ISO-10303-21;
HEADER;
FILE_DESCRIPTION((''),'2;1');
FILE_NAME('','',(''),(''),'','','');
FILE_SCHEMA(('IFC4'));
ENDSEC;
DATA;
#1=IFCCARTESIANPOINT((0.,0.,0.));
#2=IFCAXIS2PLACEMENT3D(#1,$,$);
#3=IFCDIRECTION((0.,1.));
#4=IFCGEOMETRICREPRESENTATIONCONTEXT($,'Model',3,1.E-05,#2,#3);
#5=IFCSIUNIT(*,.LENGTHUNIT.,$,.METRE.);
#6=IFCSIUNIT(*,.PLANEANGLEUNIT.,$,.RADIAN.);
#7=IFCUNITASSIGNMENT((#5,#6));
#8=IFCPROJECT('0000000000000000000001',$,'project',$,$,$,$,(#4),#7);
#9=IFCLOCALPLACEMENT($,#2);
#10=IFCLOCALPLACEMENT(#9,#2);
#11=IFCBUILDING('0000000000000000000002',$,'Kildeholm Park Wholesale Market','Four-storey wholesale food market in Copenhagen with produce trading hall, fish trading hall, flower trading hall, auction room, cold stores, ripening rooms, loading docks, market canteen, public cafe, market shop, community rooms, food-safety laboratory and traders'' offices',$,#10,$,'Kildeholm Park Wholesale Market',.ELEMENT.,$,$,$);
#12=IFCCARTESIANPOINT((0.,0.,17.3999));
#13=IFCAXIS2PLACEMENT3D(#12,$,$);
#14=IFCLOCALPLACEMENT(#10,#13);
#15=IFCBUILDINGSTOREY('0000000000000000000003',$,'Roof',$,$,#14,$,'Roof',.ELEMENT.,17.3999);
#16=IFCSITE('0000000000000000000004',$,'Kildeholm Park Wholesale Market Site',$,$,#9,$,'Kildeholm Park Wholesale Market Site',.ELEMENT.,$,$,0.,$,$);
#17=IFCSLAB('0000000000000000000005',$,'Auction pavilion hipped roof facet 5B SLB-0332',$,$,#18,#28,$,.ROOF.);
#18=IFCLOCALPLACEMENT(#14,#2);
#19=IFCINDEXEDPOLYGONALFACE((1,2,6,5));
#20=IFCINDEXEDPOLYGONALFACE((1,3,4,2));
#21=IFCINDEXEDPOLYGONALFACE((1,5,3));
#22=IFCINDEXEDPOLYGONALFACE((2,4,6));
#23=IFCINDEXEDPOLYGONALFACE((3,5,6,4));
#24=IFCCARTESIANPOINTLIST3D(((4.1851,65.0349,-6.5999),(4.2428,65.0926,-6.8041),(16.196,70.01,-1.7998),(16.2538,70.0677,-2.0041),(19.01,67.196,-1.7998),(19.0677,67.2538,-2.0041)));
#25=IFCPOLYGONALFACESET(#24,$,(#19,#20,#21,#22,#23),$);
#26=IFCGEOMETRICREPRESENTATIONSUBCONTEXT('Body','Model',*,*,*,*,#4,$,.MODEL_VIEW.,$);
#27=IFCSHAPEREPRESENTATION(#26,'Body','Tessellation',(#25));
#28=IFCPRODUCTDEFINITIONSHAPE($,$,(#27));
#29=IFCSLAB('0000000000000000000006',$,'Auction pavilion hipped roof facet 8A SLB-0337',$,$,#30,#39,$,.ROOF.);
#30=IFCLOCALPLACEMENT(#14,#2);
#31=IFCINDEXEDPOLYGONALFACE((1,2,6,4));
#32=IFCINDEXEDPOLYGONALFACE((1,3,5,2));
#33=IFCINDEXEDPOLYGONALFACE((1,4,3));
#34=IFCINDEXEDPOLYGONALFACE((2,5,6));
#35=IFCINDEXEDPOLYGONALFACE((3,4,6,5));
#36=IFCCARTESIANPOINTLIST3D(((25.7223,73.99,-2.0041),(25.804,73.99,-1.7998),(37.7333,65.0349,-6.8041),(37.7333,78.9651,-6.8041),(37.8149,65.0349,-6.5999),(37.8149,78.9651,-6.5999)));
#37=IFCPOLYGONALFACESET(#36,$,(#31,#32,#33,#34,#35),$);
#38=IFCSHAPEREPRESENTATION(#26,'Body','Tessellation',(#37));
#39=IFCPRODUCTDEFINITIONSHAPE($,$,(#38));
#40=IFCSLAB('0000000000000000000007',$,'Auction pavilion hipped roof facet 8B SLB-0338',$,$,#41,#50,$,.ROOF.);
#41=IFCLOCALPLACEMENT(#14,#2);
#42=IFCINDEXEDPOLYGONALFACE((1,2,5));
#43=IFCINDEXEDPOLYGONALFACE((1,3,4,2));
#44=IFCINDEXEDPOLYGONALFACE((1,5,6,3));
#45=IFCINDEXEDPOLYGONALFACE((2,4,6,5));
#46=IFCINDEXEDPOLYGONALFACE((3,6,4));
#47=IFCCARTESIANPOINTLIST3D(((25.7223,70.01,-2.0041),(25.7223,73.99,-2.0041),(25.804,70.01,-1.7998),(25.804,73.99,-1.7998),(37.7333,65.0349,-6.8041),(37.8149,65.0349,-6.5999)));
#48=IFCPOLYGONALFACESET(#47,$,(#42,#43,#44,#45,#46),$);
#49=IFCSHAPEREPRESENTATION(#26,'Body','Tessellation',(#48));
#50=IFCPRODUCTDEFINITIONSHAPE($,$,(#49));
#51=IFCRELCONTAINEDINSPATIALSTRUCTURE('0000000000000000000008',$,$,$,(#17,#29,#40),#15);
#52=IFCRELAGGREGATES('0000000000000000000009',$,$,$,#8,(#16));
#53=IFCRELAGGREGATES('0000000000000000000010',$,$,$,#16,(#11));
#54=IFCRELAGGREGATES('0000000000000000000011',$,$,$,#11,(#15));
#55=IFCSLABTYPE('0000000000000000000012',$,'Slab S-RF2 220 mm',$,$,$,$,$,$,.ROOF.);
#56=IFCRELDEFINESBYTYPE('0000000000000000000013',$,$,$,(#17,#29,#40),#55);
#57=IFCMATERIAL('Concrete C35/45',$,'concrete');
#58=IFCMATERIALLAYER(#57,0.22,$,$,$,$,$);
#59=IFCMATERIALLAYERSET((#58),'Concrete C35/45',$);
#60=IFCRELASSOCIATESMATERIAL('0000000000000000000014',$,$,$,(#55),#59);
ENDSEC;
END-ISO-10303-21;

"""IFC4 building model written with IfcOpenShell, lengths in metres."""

from ifc_helpers import new_model, si_unit, direction, frame, origin, place, context, subcontext, project, spatial, polyline, outline, extrude, material, layer, layer_set, type_object, element, save


model = new_model("IFC4")

# Units and contexts
model_context = context("Model", 3, precision=1e-05, world=origin(), true_north=direction((0.0, 1.0)))
body_context = subcontext(model_context, "Body", "Model", "MODEL_VIEW")
ifc_project = project(units=[si_unit("LENGTHUNIT", "METRE"), si_unit("PLANEANGLEUNIT", "RADIAN")], contexts=[model_context])

# Site, building, storey
site_placement = place(None, origin())
site = spatial("IfcSite", under=ifc_project, at=site_placement, Name="Kildeholm Park Wholesale Market Site", LongName="Kildeholm Park Wholesale Market Site", CompositionType="ELEMENT", RefElevation=0.0)
building_placement = place(site_placement, origin())
building = spatial("IfcBuilding", under=site, at=building_placement, Name="Kildeholm Park Wholesale Market", Description="Four-storey wholesale food market in Copenhagen with produce trading hall, fish trading hall, flower trading hall, auction room, cold stores, ripening rooms, loading docks, market canteen, public cafe, market shop, community rooms, food-safety laboratory and traders' offices", LongName="Kildeholm Park Wholesale Market", CompositionType="ELEMENT")
storey_placement = place(building_placement, frame((0.0, 0.0, 17.3999)))
storey = spatial("IfcBuildingStorey", under=building, at=storey_placement, Name="Roof", LongName="Roof", CompositionType="ELEMENT", Elevation=17.3999)

# Slabs
ifc_material_1 = material(Name="Concrete C35/45", Category="concrete")
ifc_layer = layer(ifc_material_1, 0.22)
ifc_layer_set = layer_set([ifc_layer], Name="Concrete C35/45")
slab_type = type_object("IfcSlabType", Name="Slab S-RF2 220 mm", PredefinedType="ROOF", material=ifc_layer_set)
slab_1_placement = place(storey_placement, frame((4.1851, 65.0349, -6.5999), z_axis=(-0.262408, -0.262408, 0.928592), x_axis=(0.942355, 0.137373, 0.305117)))
element("IfcSlab", 1, at=slab_1_placement, inside=storey, type_object=slab_type, Name="Auction pavilion hipped roof facet 5B SLB-0332", PredefinedType="ROOF", context=body_context, shape_type="SweptSolid", body=[
    extrude(outline(polyline([(0.0, 0.0), (15.7318, 0.0), (13.4666, 3.272), (0.0, 0.0)])), origin(), (0.0, 0.0, -1.0), 0.22),
])
slab_2_placement = place(storey_placement, frame((37.8149, 65.0349, -6.5999), z_axis=(0.371101, 0.0, 0.928592), x_axis=(0.0, 1.0, 0.0)))
element("IfcSlab", 2, at=slab_2_placement, inside=storey, type_object=slab_type, Name="Auction pavilion hipped roof facet 8A SLB-0337", PredefinedType="ROOF", context=body_context, shape_type="SweptSolid", body=[
    extrude(outline(polyline([(0.0, 0.0), (13.9302, 0.0), (8.9551, 12.9346), (0.0, 0.0)])), origin(), (0.0, 0.0, -1.0), 0.22),
])
slab_3_placement = place(storey_placement, frame((37.8149, 65.0349, -6.5999), z_axis=(0.371101, 0.0, 0.928592), x_axis=(-0.763472, 0.569225, 0.305113)))
element("IfcSlab", 3, at=slab_3_placement, inside=storey, type_object=slab_type, Name="Auction pavilion hipped roof facet 8B SLB-0338", PredefinedType="ROOF", context=body_context, shape_type="SweptSolid", body=[
    extrude(outline(polyline([(0.0, 0.0), (15.7321, 0.0), (13.4666, 3.2723), (0.0, 0.0)])), origin(), (0.0, 0.0, -1.0), 0.22),
])

save(model, "model.ifc")
